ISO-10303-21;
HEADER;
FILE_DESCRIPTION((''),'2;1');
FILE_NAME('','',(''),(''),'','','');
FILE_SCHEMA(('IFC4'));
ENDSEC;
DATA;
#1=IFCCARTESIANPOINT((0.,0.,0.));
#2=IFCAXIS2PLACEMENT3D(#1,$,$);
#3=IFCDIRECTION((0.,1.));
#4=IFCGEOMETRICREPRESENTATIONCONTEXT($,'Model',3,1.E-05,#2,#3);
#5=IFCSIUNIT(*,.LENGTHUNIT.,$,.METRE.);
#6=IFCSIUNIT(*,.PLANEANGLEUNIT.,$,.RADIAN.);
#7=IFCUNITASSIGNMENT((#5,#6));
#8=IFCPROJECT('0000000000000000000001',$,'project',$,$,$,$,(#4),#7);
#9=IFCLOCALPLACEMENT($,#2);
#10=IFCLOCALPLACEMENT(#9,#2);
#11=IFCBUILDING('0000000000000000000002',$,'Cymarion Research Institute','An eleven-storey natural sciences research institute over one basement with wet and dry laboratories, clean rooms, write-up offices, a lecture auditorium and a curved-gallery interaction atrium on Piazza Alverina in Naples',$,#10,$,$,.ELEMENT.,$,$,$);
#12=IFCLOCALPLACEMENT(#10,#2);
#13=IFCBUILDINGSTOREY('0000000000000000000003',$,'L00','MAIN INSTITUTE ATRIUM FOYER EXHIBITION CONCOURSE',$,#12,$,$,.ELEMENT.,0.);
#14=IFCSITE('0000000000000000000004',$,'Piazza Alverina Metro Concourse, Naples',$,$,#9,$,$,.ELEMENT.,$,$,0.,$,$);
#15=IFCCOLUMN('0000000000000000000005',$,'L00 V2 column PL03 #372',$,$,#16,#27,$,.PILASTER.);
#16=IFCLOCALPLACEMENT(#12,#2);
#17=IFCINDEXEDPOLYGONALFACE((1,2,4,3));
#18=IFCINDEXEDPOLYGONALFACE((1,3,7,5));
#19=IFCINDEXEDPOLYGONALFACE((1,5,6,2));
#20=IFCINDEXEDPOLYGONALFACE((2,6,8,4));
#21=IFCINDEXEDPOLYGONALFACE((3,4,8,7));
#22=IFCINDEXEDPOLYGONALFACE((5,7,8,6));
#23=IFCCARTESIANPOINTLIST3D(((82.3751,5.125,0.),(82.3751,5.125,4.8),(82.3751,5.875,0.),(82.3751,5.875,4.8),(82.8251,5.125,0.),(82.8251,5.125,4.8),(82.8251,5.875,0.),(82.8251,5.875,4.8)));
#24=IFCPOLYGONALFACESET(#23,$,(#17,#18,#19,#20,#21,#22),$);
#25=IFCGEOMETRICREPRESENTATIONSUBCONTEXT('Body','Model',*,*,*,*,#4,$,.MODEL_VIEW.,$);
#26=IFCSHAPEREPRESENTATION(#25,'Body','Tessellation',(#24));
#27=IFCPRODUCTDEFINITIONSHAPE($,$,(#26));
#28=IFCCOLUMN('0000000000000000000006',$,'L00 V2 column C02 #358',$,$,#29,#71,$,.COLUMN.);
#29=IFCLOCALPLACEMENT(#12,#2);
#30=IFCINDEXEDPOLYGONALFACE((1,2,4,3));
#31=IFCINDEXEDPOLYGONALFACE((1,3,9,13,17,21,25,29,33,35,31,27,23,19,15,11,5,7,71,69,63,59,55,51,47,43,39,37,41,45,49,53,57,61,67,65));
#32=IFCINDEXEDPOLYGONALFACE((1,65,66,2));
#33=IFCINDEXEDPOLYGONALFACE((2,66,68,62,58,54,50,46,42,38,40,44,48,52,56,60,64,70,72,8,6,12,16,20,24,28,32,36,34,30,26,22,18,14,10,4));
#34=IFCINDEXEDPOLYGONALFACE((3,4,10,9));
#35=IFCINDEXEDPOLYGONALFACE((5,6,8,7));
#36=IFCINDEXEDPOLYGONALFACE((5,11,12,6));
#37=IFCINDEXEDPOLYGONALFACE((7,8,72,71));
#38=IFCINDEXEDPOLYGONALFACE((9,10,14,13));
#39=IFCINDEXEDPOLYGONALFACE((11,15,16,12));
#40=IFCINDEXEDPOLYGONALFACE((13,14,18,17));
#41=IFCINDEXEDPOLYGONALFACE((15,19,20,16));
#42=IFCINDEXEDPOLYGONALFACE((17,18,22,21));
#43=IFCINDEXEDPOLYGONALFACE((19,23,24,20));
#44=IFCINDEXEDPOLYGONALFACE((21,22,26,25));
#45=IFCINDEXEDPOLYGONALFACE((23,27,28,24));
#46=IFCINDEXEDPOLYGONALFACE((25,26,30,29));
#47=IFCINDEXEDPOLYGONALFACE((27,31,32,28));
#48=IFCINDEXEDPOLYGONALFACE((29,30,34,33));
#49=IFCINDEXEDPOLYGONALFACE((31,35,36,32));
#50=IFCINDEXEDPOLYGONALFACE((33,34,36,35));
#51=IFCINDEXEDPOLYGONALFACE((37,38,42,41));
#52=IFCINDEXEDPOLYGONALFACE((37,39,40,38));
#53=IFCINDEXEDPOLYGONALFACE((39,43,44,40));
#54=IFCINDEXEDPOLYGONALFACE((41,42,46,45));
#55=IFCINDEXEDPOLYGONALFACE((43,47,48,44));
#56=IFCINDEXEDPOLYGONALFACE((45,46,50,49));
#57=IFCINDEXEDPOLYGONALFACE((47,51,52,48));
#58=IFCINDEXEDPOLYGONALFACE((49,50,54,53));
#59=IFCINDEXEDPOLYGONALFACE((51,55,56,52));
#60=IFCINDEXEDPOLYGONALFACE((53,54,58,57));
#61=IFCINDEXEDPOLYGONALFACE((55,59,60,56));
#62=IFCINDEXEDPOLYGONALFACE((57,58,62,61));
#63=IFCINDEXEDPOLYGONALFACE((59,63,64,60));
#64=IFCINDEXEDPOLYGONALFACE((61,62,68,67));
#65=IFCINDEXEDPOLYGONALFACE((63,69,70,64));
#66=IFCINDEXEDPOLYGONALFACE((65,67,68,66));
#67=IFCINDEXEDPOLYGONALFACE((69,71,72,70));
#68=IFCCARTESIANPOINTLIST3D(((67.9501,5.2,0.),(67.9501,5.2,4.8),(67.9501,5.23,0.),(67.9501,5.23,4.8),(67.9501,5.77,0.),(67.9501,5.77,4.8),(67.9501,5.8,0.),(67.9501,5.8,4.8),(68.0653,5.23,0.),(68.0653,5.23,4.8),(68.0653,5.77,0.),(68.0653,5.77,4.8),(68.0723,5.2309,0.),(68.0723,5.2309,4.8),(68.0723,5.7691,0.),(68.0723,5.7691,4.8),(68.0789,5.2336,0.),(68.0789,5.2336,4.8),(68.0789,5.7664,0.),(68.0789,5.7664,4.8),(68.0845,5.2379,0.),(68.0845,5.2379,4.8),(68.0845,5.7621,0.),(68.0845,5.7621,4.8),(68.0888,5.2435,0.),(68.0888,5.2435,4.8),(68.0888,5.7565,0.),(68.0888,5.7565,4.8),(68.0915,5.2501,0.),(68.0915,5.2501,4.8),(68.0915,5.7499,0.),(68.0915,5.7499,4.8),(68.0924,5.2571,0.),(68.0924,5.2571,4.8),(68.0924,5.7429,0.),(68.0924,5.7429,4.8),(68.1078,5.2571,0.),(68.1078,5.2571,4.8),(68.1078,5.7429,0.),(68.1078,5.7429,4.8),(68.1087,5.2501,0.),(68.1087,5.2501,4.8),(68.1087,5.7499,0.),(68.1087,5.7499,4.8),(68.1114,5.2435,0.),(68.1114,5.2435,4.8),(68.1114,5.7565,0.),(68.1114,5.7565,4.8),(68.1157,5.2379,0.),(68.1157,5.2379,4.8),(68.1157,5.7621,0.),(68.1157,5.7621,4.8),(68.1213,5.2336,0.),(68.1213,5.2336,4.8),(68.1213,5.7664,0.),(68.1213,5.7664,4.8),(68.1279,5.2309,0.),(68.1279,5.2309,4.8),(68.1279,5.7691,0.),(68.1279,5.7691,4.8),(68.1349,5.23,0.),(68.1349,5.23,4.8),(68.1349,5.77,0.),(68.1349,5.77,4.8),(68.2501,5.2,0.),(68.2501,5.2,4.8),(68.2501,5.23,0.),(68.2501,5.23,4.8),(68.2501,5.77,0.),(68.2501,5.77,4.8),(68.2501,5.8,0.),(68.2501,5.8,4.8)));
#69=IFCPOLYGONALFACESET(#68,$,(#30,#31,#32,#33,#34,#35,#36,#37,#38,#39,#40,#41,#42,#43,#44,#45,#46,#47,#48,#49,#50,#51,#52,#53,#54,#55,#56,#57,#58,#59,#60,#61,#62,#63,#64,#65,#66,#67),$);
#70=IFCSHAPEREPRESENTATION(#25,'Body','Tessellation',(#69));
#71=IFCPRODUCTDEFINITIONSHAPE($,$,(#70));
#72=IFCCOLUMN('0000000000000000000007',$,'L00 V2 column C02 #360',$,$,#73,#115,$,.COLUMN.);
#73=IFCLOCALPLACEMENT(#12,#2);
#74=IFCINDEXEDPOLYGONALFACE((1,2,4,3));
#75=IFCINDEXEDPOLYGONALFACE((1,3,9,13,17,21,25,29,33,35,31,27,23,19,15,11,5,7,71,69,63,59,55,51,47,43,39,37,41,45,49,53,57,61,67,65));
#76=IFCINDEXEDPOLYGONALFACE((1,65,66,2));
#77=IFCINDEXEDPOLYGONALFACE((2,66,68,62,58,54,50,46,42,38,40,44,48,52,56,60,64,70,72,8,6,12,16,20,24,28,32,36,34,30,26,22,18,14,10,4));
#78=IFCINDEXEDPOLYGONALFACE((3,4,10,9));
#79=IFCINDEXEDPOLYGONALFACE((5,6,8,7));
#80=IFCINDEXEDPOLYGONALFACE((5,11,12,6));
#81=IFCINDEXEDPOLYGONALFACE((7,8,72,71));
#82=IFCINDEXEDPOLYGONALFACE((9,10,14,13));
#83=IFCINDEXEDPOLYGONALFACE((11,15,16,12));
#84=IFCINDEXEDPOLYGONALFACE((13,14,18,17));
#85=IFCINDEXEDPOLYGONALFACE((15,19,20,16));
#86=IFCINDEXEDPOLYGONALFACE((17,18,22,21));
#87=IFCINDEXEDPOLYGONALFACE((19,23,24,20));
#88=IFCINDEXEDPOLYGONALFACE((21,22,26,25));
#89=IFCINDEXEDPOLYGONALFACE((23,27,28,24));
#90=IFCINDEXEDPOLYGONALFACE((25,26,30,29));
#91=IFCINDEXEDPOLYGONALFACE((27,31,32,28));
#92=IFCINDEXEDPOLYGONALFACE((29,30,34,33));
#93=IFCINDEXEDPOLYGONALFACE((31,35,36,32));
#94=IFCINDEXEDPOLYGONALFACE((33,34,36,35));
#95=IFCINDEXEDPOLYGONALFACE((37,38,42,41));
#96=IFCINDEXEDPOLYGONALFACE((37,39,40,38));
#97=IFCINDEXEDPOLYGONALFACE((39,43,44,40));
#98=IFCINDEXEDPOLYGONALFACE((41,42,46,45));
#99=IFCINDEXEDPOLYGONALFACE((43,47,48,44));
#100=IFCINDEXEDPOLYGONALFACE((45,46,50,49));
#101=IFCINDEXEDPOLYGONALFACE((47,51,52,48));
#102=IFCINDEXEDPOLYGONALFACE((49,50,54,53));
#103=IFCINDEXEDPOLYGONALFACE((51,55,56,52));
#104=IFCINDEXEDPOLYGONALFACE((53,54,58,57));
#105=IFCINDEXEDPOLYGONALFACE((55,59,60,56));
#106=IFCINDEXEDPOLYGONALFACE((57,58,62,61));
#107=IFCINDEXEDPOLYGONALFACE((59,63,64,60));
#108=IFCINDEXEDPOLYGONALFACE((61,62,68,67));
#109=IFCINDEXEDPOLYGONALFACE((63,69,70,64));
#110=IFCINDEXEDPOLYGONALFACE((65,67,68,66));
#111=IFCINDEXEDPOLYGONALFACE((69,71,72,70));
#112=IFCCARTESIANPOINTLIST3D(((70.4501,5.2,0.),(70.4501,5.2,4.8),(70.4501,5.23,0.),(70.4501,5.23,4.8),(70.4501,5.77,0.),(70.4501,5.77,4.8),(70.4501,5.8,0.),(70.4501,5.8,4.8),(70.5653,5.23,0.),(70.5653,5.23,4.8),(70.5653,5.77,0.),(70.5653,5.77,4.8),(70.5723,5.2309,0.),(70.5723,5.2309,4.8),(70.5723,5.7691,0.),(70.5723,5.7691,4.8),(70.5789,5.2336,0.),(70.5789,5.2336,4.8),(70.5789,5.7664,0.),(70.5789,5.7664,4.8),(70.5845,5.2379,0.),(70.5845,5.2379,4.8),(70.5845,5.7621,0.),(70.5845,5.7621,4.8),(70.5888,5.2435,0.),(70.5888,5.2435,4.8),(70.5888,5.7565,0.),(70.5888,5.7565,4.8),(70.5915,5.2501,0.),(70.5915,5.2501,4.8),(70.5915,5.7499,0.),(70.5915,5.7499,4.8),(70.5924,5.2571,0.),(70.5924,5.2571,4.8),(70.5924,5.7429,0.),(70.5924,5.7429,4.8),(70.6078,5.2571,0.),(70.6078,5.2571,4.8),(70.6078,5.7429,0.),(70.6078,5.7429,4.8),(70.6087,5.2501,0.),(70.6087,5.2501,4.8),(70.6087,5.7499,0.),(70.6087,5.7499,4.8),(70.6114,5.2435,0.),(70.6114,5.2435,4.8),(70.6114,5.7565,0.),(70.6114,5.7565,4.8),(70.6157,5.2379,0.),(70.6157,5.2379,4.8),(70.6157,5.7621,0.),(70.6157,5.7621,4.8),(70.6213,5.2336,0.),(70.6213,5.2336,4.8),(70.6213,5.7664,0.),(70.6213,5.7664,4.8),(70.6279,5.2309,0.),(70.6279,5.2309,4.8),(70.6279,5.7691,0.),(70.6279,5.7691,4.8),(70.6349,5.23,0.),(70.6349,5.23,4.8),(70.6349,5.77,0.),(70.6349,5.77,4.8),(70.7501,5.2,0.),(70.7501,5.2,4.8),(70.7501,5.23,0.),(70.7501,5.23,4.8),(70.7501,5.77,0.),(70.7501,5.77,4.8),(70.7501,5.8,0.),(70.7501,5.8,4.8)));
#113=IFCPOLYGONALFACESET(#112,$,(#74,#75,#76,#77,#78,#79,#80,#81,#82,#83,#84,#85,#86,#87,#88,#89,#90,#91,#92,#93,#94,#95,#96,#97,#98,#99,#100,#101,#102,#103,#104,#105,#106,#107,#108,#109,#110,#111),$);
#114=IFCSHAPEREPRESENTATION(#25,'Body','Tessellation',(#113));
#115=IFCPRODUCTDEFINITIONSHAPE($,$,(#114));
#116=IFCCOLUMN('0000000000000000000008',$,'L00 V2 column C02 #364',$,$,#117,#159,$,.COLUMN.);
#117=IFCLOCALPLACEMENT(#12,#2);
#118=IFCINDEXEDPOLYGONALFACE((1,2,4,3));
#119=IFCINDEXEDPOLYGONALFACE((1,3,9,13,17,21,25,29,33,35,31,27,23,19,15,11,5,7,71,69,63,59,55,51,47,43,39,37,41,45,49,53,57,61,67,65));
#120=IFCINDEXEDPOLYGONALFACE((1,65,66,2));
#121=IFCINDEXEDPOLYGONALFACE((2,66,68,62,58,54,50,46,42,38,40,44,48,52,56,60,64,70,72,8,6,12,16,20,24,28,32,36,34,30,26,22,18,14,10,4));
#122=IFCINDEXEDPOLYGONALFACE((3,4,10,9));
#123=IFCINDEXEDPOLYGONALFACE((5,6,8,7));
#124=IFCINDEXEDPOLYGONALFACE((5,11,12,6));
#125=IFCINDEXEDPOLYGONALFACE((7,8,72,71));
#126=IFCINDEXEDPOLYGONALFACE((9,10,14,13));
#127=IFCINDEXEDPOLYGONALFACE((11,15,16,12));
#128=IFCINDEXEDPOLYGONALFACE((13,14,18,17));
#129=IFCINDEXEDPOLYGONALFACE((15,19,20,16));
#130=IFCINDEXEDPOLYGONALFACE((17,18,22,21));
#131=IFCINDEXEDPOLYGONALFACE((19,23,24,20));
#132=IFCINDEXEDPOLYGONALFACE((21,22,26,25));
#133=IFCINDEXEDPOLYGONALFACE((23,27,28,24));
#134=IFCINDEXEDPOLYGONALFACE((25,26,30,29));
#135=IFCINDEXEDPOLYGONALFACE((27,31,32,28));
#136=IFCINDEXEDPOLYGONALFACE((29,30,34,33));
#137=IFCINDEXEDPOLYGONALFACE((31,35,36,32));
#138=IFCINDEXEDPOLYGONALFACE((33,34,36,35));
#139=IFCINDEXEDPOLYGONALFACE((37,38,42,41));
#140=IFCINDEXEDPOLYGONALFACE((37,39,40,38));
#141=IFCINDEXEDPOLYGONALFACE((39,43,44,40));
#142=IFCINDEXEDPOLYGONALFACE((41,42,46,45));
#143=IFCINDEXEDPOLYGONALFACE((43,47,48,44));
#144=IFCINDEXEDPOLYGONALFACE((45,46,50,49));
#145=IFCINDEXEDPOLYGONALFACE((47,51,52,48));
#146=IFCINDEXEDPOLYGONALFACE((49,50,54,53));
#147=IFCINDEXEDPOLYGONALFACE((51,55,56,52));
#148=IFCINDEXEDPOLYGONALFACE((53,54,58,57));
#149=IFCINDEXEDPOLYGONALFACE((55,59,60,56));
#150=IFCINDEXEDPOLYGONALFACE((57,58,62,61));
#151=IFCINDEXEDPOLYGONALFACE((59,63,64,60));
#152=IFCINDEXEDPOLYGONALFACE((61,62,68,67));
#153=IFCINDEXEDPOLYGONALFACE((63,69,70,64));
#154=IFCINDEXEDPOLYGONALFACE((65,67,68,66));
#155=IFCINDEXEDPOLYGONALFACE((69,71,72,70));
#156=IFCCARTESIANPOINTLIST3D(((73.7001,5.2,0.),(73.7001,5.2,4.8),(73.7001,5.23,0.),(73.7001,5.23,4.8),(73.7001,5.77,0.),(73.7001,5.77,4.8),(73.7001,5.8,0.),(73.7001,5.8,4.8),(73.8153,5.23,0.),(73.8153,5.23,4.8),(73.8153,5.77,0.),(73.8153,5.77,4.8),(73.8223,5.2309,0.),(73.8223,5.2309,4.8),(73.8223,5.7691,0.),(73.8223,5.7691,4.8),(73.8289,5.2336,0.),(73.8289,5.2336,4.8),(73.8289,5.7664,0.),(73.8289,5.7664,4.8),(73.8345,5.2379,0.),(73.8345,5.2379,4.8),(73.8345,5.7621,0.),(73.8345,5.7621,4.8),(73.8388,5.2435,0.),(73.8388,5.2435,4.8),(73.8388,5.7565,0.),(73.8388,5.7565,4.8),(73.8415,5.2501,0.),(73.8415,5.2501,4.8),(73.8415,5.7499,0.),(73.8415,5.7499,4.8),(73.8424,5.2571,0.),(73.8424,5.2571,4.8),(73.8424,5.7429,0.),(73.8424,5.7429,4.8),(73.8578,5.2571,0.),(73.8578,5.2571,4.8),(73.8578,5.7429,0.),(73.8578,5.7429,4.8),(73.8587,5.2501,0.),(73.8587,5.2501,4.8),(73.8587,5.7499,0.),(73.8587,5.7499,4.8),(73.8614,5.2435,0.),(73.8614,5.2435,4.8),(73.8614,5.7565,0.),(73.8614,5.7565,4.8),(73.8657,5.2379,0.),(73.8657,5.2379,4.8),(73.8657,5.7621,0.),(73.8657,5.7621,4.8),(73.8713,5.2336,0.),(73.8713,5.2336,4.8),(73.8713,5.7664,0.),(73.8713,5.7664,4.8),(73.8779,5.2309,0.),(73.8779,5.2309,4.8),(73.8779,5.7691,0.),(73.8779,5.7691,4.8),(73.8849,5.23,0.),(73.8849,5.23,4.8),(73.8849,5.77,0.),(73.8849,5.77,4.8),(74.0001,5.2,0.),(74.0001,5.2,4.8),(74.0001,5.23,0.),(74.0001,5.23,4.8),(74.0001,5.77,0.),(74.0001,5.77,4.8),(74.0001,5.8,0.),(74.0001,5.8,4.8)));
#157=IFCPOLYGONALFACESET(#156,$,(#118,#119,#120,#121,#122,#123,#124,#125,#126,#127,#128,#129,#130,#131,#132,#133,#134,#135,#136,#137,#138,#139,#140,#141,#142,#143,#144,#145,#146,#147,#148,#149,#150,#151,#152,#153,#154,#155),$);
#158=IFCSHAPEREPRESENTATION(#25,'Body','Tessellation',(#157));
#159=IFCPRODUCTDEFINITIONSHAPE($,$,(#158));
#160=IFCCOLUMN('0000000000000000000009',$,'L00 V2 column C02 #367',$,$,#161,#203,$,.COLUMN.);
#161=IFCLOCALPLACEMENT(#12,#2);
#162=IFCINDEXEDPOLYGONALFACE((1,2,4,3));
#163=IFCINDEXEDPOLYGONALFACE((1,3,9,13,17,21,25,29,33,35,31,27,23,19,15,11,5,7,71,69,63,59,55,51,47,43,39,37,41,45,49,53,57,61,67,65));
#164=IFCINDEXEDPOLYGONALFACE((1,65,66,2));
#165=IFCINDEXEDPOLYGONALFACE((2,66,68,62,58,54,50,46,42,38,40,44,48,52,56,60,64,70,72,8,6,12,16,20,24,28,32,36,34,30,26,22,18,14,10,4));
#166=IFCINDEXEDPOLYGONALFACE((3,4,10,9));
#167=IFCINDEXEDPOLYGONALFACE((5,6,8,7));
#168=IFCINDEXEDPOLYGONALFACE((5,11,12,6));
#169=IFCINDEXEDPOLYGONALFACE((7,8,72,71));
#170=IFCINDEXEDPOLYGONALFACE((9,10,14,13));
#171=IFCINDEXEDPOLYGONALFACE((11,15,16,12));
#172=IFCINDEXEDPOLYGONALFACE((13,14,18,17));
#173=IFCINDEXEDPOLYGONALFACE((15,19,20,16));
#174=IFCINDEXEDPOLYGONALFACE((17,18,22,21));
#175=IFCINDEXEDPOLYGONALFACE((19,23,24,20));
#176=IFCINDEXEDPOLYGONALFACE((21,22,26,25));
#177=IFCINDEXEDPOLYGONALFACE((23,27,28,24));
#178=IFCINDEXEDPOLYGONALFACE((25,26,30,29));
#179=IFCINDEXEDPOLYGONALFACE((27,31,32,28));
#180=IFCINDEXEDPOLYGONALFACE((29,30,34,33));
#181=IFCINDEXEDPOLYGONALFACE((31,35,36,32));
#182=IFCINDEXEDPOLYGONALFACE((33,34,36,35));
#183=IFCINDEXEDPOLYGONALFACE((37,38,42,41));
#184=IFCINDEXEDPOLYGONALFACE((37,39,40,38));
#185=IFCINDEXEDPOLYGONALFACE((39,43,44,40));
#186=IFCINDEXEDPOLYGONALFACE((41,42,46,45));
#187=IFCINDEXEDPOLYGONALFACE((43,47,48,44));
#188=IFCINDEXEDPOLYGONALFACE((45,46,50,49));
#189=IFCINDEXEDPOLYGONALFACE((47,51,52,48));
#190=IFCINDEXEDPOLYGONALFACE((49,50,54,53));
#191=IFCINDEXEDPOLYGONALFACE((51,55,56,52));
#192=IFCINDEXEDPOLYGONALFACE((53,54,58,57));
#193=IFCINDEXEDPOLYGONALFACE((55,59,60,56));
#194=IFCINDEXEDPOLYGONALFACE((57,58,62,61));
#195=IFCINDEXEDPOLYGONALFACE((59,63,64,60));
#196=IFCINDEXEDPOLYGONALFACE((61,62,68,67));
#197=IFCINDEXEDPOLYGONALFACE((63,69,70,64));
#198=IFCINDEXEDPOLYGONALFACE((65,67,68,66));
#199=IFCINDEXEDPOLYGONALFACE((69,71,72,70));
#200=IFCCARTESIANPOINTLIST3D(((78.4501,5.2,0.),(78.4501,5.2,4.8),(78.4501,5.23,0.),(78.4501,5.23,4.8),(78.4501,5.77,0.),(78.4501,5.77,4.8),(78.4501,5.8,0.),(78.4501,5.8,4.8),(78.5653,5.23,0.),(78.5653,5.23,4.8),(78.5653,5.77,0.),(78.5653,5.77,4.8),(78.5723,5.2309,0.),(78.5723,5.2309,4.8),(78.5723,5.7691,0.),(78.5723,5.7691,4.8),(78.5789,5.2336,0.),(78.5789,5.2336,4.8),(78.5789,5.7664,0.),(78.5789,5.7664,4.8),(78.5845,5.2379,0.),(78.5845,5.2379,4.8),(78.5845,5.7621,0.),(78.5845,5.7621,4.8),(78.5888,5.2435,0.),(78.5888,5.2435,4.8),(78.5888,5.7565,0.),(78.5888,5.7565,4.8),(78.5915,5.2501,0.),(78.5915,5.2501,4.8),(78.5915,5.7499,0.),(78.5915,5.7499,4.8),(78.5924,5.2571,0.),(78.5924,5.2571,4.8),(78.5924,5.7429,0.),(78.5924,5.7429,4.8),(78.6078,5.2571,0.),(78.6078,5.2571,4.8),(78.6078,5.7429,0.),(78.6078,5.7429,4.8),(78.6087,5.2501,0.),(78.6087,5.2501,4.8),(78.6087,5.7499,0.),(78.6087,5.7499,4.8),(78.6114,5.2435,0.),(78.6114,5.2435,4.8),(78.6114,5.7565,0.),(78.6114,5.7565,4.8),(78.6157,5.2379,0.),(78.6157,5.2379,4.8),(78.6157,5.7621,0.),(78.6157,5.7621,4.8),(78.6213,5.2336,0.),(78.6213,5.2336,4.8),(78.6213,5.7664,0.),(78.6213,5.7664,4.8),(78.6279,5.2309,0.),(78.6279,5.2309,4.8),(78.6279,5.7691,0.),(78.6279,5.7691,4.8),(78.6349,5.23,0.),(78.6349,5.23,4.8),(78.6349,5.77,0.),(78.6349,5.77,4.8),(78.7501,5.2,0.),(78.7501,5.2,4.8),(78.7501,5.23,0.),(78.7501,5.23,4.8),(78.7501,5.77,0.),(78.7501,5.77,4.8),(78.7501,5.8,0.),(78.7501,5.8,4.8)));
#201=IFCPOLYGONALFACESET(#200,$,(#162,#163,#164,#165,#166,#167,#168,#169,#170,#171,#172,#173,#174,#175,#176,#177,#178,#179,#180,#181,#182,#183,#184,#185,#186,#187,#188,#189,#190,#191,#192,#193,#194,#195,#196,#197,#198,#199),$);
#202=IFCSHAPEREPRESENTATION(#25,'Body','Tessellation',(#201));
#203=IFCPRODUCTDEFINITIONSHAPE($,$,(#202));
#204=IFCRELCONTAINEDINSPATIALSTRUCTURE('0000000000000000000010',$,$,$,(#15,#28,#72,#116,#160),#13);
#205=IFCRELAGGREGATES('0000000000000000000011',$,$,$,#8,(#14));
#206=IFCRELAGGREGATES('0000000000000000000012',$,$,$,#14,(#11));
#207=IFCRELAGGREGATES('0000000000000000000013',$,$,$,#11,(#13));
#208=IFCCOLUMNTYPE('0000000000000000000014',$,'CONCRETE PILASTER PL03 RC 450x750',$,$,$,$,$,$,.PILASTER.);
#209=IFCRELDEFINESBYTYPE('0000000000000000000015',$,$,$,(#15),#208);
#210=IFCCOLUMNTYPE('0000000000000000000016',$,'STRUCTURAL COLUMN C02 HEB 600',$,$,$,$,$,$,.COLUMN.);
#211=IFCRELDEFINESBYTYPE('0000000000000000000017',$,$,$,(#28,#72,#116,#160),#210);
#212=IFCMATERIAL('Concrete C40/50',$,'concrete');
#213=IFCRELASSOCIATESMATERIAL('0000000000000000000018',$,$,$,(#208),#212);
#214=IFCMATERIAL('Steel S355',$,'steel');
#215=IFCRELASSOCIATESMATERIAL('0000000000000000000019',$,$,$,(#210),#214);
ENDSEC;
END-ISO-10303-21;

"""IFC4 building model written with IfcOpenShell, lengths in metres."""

from ifc_helpers import new_model, si_unit, direction, frame, origin, origin_2d, place, context, subcontext, project, spatial, rectangle, i_section, extrude, material, material_profile, profile_set, type_object, element, save


model = new_model("IFC4")

# Units and contexts
model_context = context("Model", 3, precision=1e-05, world=origin(), true_north=direction((0.0, 1.0)))
body_context = subcontext(model_context, "Body", "Model", "MODEL_VIEW")
ifc_project = project(units=[si_unit("LENGTHUNIT", "METRE"), si_unit("PLANEANGLEUNIT", "RADIAN")], contexts=[model_context])

# Site, building, storey
site_placement = place(None, origin())
site = spatial("IfcSite", under=ifc_project, at=site_placement, Name="Piazza Alverina Metro Concourse, Naples", CompositionType="ELEMENT", RefElevation=0.0)
building_placement = place(site_placement, origin())
building = spatial("IfcBuilding", under=site, at=building_placement, Name="Cymarion Research Institute", Description="An eleven-storey natural sciences research institute over one basement with wet and dry laboratories, clean rooms, write-up offices, a lecture auditorium and a curved-gallery interaction atrium on Piazza Alverina in Naples", CompositionType="ELEMENT")
storey_placement = place(building_placement, origin())
storey = spatial("IfcBuildingStorey", under=building, at=storey_placement, Name="L00", Description="MAIN INSTITUTE ATRIUM FOYER EXHIBITION CONCOURSE", CompositionType="ELEMENT", Elevation=0.0)

# Columns
ifc_material_1 = material(Name="Concrete C40/50", Category="concrete")
ifc_material_profile_1 = material_profile(ifc_material_1, rectangle(XDim=0.45, YDim=0.75, at=origin_2d()), Name="RC 450x750")
ifc_profile_set_1 = profile_set([ifc_material_profile_1], Name="Concrete C40/50")
column_type_1 = type_object("IfcColumnType", Name="CONCRETE PILASTER PL03 RC 450x750", PredefinedType="PILASTER", material=ifc_profile_set_1)
column_placement = place(storey_placement, frame((82.6001, 5.5, 0.0), z_axis=(0.0, 0.0, 1.0), x_axis=(1.0, 0.0, 0.0)))
element("IfcColumn", 1, at=column_placement, inside=storey, type_object=column_type_1, Name="L00 V2 column PL03 #372", PredefinedType="PILASTER", context=body_context, shape_type="SweptSolid", body=[
    extrude(rectangle(XDim=0.45, YDim=0.75, at=origin_2d()), origin(), (0.0, 0.0, 1.0), 4.8),
])
ifc_material_2 = material(Name="Steel S355", Category="steel")
ifc_material_profile_2 = material_profile(ifc_material_2, i_section(OverallWidth=0.3, OverallDepth=0.6001, WebThickness=0.0154, FlangeThickness=0.03, FilletRadius=0.0271, at=origin_2d()), Name="HEB 600")
ifc_profile_set_2 = profile_set([ifc_material_profile_2], Name="Steel S355")
column_type_2 = type_object("IfcColumnType", Name="STRUCTURAL COLUMN C02 HEB 600", PredefinedType="COLUMN", material=ifc_profile_set_2)
for number, where, z_axis, x_axis, name in (
    (2, (68.1001, 5.5, 0.0), (0.0, 0.0, 1.0), (1.0, 0.0, 0.0), "L00 V2 column C02 #358"),
    (3, (70.6001, 5.5, 0.0), (0.0, 0.0, 1.0), (1.0, 0.0, 0.0), "L00 V2 column C02 #360"),
    (4, (73.8501, 5.5, 0.0), (0.0, 0.0, 1.0), (1.0, 0.0, 0.0), "L00 V2 column C02 #364"),
    (5, (78.6001, 5.5, 0.0), (0.0, 0.0, 1.0), (1.0, 0.0, 0.0), "L00 V2 column C02 #367"),
):
    element("IfcColumn", number, at=place(storey_placement, frame(where, z_axis=z_axis, x_axis=x_axis)), inside=storey, type_object=column_type_2, Name=name, PredefinedType="COLUMN", context=body_context, shape_type="SweptSolid", body=[
        extrude(i_section(OverallWidth=0.3, OverallDepth=0.6001, WebThickness=0.0154, FlangeThickness=0.03, FilletRadius=0.0271, at=origin_2d()), origin(), (0.0, 0.0, 1.0), 4.8),
    ])

save(model, "model.ifc")
